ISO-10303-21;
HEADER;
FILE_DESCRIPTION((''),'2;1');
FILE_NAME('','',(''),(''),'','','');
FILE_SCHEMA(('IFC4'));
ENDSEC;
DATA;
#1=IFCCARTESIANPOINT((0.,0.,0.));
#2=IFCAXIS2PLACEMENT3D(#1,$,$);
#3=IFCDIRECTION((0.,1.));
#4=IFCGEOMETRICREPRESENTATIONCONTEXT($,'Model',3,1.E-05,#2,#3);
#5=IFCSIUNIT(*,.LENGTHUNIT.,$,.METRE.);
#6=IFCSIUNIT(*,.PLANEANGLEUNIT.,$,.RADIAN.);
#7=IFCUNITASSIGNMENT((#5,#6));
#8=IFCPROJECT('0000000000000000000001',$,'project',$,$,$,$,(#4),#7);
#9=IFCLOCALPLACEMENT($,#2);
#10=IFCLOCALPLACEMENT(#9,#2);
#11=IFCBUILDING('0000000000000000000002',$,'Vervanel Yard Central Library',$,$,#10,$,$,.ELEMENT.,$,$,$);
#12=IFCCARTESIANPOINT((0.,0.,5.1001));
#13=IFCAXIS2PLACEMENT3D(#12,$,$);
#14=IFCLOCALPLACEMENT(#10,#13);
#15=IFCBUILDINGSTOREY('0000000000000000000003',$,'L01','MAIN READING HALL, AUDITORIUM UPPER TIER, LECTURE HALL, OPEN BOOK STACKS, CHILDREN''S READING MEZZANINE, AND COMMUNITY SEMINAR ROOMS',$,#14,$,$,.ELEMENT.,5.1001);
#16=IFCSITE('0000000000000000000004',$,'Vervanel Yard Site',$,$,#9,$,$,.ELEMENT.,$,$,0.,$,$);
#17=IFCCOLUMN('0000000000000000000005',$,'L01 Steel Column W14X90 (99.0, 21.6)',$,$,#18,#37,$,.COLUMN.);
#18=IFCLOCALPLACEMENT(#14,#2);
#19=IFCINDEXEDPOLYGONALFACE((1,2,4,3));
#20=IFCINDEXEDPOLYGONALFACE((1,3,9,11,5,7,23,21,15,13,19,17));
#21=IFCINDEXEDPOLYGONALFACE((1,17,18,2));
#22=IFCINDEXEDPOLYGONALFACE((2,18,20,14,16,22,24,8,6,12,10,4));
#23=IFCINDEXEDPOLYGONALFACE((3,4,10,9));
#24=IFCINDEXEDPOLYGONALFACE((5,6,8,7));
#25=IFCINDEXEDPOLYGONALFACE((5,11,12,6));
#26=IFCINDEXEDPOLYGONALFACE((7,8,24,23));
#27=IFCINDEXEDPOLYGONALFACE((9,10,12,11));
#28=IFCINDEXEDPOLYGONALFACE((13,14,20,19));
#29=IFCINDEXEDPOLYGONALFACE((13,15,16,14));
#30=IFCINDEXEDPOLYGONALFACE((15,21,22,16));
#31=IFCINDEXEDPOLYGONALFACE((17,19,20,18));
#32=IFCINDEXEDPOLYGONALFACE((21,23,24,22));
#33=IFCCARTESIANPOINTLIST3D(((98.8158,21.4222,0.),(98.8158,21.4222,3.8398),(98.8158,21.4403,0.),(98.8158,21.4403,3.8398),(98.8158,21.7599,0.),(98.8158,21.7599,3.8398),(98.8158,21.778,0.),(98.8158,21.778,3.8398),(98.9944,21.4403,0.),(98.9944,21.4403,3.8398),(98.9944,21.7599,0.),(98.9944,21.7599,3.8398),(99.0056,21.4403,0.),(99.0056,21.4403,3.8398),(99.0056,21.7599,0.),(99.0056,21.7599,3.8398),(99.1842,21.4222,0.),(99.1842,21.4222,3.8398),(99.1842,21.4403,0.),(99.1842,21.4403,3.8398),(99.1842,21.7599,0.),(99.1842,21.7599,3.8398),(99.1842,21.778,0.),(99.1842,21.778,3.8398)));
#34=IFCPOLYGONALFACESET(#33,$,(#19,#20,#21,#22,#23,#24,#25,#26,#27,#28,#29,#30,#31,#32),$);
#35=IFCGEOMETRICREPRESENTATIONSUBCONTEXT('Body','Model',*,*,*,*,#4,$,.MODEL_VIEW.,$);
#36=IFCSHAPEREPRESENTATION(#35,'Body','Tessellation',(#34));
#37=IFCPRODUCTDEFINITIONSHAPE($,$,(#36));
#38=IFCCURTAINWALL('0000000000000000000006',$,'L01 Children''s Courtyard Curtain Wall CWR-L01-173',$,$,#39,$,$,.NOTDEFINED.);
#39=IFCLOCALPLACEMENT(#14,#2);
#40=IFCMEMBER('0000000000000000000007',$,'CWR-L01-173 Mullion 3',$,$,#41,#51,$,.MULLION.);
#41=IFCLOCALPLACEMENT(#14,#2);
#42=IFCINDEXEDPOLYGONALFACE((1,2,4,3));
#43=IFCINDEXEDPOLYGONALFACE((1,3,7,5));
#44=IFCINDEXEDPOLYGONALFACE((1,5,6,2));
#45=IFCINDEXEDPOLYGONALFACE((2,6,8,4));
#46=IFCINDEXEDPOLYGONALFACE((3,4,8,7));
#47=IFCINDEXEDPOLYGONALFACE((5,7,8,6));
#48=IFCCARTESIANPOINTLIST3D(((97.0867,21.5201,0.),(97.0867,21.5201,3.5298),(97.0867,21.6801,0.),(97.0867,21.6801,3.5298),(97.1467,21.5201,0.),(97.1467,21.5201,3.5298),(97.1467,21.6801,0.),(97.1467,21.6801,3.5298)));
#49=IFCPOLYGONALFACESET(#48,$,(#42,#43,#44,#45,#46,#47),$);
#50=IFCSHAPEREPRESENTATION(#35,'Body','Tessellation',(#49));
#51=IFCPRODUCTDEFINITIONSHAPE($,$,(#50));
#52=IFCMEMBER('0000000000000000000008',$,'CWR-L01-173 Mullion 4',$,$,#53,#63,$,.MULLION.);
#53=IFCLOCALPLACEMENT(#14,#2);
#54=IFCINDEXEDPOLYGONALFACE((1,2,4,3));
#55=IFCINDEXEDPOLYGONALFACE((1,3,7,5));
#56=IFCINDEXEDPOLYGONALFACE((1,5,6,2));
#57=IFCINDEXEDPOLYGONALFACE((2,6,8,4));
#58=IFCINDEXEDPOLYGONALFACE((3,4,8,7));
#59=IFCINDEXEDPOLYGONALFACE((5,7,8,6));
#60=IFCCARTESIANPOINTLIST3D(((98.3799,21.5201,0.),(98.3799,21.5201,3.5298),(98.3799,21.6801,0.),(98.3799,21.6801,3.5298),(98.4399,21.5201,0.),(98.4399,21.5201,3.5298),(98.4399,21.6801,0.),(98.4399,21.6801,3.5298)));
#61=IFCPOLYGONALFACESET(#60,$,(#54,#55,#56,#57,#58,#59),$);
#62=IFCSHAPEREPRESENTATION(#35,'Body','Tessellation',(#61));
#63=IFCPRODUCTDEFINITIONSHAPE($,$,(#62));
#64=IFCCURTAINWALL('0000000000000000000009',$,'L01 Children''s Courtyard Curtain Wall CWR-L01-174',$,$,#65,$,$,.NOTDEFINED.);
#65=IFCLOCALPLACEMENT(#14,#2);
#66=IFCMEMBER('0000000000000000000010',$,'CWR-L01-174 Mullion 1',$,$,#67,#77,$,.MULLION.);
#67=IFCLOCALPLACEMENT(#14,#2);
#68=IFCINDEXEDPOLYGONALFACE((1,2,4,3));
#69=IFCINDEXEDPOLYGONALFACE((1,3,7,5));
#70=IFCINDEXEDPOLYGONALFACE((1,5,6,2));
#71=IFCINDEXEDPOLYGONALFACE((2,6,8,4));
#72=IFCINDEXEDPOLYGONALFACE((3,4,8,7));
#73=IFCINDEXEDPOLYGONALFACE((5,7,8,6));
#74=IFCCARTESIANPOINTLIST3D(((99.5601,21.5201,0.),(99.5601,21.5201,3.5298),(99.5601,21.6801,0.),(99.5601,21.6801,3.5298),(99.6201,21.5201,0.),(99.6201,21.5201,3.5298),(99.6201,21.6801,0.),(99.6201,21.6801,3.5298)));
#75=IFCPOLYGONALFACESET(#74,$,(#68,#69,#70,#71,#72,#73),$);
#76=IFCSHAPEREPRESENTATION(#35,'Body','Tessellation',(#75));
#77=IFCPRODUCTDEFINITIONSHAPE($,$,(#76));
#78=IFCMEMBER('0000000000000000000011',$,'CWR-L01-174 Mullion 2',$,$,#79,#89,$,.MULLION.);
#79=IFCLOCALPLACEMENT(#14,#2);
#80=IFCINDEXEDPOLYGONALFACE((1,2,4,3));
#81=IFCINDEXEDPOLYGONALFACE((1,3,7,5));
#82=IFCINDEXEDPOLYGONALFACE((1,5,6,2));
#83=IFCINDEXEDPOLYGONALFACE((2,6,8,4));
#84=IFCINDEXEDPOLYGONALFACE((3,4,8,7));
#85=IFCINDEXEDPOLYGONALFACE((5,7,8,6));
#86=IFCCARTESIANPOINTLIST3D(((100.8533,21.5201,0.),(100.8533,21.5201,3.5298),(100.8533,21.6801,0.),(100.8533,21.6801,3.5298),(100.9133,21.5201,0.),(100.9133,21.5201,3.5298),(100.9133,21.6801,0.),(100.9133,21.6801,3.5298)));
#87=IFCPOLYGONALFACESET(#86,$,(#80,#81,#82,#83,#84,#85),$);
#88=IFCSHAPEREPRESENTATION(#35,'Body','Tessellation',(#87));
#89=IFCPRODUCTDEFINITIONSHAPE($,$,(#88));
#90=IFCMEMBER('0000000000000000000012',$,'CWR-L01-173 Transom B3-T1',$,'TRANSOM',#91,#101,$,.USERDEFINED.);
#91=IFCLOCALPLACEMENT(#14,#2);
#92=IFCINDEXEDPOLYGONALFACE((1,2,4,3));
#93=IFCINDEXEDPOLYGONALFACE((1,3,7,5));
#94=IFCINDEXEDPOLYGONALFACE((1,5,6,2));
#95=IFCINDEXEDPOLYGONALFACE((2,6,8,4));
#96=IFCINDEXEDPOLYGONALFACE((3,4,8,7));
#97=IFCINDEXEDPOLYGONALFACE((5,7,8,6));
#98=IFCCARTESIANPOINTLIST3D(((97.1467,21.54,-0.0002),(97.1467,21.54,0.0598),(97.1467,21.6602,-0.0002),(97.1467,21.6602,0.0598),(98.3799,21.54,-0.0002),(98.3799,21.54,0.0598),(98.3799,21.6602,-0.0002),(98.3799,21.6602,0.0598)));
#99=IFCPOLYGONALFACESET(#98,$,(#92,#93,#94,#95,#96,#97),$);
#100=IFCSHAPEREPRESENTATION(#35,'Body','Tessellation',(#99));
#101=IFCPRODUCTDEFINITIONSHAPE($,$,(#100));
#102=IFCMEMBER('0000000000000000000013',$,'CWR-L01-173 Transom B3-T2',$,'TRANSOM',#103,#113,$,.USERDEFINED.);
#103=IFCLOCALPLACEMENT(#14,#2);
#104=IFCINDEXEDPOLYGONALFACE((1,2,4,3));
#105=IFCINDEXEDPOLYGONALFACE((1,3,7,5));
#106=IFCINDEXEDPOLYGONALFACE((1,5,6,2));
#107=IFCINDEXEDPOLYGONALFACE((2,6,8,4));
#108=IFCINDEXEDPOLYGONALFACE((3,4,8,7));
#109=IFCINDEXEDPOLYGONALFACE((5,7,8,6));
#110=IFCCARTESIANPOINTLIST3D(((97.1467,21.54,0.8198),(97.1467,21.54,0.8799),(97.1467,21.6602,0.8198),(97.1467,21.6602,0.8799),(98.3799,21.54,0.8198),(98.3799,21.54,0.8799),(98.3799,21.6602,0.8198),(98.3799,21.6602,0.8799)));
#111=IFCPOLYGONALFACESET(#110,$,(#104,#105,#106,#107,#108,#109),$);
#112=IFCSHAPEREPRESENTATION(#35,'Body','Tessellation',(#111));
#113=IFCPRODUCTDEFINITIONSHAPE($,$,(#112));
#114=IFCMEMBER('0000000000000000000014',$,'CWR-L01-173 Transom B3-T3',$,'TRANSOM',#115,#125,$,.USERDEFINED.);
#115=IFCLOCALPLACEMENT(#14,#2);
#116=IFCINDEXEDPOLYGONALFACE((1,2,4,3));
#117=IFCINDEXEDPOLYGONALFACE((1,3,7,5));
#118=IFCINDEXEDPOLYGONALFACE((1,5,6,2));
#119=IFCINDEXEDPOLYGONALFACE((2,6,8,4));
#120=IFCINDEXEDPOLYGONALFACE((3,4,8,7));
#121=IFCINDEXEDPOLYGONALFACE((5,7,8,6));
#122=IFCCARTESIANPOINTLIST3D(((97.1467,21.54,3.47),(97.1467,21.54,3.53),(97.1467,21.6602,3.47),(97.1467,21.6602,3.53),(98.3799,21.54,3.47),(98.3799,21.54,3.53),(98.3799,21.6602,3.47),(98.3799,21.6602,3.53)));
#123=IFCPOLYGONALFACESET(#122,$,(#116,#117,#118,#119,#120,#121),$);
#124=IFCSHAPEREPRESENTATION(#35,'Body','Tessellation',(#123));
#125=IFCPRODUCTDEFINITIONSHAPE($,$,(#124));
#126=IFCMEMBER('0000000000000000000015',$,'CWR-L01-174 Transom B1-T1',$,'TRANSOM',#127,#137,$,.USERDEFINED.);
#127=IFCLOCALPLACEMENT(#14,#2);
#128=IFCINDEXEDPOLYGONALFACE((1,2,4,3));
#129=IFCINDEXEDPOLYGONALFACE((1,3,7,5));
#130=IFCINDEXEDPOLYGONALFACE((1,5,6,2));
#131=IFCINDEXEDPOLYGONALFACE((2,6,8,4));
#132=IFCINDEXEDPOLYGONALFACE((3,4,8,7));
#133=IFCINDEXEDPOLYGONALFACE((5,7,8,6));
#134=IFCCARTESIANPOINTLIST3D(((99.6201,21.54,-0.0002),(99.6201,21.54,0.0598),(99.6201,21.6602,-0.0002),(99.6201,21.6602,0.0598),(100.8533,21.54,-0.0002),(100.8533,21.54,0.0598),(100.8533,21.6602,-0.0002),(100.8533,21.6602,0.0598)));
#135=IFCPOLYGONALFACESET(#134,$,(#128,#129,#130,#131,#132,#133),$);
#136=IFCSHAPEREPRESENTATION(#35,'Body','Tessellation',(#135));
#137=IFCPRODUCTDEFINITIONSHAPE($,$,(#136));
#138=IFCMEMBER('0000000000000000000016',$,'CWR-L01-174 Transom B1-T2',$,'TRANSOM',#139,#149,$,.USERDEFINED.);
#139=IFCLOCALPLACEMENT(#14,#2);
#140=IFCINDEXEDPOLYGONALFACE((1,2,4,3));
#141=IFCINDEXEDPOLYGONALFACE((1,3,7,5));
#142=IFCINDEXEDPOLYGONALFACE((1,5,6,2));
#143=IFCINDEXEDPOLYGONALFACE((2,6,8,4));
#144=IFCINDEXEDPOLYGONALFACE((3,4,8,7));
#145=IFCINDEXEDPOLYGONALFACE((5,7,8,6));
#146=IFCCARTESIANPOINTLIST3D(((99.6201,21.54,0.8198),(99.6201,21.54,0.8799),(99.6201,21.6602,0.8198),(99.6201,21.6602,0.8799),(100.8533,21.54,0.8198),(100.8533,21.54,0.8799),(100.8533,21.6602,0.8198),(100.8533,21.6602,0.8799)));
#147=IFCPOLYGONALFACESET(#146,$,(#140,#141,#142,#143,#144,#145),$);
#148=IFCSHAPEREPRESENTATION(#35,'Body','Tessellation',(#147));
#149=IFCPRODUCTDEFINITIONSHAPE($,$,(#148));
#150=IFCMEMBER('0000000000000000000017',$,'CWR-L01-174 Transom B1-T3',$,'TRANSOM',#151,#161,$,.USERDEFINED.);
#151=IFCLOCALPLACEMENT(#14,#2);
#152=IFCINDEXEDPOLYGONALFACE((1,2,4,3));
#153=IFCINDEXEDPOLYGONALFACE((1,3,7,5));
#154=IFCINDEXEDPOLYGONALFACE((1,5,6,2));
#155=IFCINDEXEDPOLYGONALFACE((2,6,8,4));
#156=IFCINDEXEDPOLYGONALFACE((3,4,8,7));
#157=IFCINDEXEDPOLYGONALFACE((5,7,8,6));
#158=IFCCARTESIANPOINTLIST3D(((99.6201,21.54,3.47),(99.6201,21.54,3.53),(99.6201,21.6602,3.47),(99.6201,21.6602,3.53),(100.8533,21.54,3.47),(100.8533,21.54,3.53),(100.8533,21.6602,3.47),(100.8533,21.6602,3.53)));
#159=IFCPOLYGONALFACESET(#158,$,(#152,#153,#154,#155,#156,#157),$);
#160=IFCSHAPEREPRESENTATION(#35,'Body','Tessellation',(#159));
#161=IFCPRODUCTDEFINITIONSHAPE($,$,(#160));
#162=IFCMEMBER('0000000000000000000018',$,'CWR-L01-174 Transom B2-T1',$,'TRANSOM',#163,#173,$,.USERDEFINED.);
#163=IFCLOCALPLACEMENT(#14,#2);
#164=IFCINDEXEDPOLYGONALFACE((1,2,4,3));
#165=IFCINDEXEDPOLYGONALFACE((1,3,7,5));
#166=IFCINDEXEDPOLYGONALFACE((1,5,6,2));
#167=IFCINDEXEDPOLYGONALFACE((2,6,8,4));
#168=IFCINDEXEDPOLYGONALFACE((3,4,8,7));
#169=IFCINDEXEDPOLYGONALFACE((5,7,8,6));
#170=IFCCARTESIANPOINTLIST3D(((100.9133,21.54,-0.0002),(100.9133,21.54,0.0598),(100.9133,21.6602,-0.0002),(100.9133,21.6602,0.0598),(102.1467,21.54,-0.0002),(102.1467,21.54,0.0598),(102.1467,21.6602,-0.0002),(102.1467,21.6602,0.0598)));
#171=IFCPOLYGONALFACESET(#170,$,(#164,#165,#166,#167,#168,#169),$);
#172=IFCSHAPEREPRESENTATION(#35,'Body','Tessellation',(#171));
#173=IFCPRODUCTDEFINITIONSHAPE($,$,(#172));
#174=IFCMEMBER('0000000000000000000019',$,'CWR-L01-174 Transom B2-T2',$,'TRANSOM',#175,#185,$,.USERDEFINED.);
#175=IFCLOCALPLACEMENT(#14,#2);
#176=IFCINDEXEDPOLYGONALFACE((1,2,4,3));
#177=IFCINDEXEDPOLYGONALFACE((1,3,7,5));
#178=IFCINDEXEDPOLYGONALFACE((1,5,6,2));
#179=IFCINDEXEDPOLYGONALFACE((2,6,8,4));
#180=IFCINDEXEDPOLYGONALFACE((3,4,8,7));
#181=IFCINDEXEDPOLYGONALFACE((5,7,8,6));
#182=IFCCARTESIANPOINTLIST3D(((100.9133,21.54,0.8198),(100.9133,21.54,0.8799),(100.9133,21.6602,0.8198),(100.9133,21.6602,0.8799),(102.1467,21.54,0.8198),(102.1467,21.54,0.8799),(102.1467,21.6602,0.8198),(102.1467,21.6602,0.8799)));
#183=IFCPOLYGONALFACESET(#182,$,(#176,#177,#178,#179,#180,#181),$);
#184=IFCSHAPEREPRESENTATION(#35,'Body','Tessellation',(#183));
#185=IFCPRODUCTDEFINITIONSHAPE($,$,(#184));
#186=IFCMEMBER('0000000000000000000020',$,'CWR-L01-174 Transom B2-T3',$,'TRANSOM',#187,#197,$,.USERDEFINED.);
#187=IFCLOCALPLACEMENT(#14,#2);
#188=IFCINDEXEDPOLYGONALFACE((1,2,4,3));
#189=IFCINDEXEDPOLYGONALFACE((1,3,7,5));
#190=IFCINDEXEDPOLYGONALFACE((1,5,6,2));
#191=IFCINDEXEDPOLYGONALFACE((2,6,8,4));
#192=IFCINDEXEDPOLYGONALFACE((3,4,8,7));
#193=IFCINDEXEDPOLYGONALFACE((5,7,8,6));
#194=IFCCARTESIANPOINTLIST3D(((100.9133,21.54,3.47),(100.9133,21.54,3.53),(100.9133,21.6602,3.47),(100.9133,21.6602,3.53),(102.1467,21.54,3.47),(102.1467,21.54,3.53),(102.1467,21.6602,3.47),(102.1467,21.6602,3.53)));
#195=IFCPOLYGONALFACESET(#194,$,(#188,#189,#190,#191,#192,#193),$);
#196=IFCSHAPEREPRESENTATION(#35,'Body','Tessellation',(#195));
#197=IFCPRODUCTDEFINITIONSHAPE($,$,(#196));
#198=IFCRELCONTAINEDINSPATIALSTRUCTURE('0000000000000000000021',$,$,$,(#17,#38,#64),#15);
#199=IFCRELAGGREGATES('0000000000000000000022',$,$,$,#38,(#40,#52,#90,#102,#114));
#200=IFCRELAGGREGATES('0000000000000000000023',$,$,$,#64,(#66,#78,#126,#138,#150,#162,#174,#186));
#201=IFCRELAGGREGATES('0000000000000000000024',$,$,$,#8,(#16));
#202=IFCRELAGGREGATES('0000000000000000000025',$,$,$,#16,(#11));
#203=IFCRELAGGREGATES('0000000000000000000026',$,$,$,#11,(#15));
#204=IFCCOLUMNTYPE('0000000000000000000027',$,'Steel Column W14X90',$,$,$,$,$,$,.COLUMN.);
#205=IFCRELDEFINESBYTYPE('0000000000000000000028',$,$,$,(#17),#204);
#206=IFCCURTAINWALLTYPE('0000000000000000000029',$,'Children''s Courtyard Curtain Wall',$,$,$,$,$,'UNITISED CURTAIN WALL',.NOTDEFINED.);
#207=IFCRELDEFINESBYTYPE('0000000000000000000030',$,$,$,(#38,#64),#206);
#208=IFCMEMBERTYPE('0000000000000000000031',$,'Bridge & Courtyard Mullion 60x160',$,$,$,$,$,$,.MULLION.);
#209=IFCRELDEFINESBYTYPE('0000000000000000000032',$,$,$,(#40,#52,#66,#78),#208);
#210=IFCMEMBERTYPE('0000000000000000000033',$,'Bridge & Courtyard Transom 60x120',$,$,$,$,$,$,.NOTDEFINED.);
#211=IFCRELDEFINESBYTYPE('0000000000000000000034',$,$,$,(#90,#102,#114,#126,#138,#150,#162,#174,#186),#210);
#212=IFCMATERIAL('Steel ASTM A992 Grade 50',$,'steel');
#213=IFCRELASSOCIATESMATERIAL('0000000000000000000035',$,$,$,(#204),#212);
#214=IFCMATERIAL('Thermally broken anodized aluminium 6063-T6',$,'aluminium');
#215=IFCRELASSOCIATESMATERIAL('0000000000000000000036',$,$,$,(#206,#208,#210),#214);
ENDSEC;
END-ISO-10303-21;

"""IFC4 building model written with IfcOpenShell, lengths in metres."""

from ifc_helpers import new_model, si_unit, direction, frame, origin, origin_2d, place, context, subcontext, project, spatial, rectangle, i_section, extrude, material, material_profile, profile_set, type_object, element, aggregate, save


model = new_model("IFC4")

# Units and contexts
model_context = context("Model", 3, precision=1e-05, world=origin(), true_north=direction((0.0, 1.0)))
body_context = subcontext(model_context, "Body", "Model", "MODEL_VIEW")
ifc_project = project(units=[si_unit("LENGTHUNIT", "METRE"), si_unit("PLANEANGLEUNIT", "RADIAN")], contexts=[model_context])

# Site, building, storey
site_placement = place(None, origin())
site = spatial("IfcSite", under=ifc_project, at=site_placement, Name="Vervanel Yard Site", CompositionType="ELEMENT", RefElevation=0.0)
building_placement = place(site_placement, origin())
building = spatial("IfcBuilding", under=site, at=building_placement, Name="Vervanel Yard Central Library", CompositionType="ELEMENT")
storey_placement = place(building_placement, frame((0.0, 0.0, 5.1001)))
storey = spatial("IfcBuildingStorey", under=building, at=storey_placement, Name="L01", Description="MAIN READING HALL, AUDITORIUM UPPER TIER, LECTURE HALL, OPEN BOOK STACKS, CHILDREN'S READING MEZZANINE, AND COMMUNITY SEMINAR ROOMS", CompositionType="ELEMENT", Elevation=5.1001)

# Column
ifc_material_1 = material(Name="Steel ASTM A992 Grade 50", Category="steel")
ifc_material_profile_1 = material_profile(ifc_material_1, i_section(OverallWidth=0.3684, OverallDepth=0.3557, WebThickness=0.0112, FlangeThickness=0.0181, at=origin_2d()), Name="W14X90", Category="steel")
ifc_profile_set_1 = profile_set([ifc_material_profile_1], Name="Steel ASTM A992 Grade 50")
column_type = type_object("IfcColumnType", Name="Steel Column W14X90", PredefinedType="COLUMN", material=ifc_profile_set_1)
column_placement = place(storey_placement, frame((99.0, 21.6001, 0.0), z_axis=(0.0, 0.0, 1.0), x_axis=(1.0, 0.0, 0.0)))
element("IfcColumn", 1, at=column_placement, inside=storey, type_object=column_type, Name="L01 Steel Column W14X90 (99.0, 21.6)", PredefinedType="COLUMN", context=body_context, shape_type="SweptSolid", body=[
    extrude(i_section(OverallWidth=0.3684, OverallDepth=0.3557, WebThickness=0.0112, FlangeThickness=0.0181, at=origin_2d()), origin(), (0.0, 0.0, 1.0), 3.8398),
])

# Curtain walls, members
ifc_material_2 = material(Name="Thermally broken anodized aluminium 6063-T6", Category="aluminium")
curtain_wall_type = type_object("IfcCurtainWallType", Name="Children's Courtyard Curtain Wall", ElementType="UNITISED CURTAIN WALL", PredefinedType="NOTDEFINED", material=ifc_material_2)
curtain_wall_1_placement = place(storey_placement, origin())
curtain_wall_1 = element("IfcCurtainWall", 2, at=curtain_wall_1_placement, inside=storey, type_object=curtain_wall_type, Name="L01 Children's Courtyard Curtain Wall CWR-L01-173", PredefinedType="NOTDEFINED")
ifc_material_profile_2 = material_profile(ifc_material_2, rectangle(XDim=0.0601, YDim=0.1599, at=origin_2d()), Name="ALU 60x160", Category="aluminium")
ifc_profile_set_2 = profile_set([ifc_material_profile_2], Name="Thermally broken anodized aluminium 6063-T6")
member_type_1 = type_object("IfcMemberType", Name="Bridge & Courtyard Mullion 60x160", PredefinedType="MULLION", material=ifc_profile_set_2)
member_1_placement = place(storey_placement, frame((97.1167, 21.6001, 0.0), z_axis=(0.0, 0.0, 1.0), x_axis=(1.0, 0.0, 0.0)))
member_1 = element("IfcMember", 3, at=member_1_placement, type_object=member_type_1, Name="CWR-L01-173 Mullion 3", PredefinedType="MULLION", context=body_context, shape_type="SweptSolid", body=[
    extrude(rectangle(XDim=0.0601, YDim=0.1599, at=origin_2d()), origin(), (0.0, 0.0, 1.0), 3.5298),
])
member_2_placement = place(storey_placement, frame((98.4099, 21.6001, 0.0), z_axis=(0.0, 0.0, 1.0), x_axis=(1.0, 0.0, 0.0)))
member_2 = element("IfcMember", 4, at=member_2_placement, type_object=member_type_1, Name="CWR-L01-173 Mullion 4", PredefinedType="MULLION", context=body_context, shape_type="SweptSolid", body=[
    extrude(rectangle(XDim=0.0601, YDim=0.1599, at=origin_2d()), origin(), (0.0, 0.0, 1.0), 3.5298),
])
curtain_wall_2_placement = place(storey_placement, origin())
curtain_wall_2 = element("IfcCurtainWall", 5, at=curtain_wall_2_placement, inside=storey, type_object=curtain_wall_type, Name="L01 Children's Courtyard Curtain Wall CWR-L01-174", PredefinedType="NOTDEFINED")
member_3_placement = place(storey_placement, frame((99.5901, 21.6001, 0.0), z_axis=(0.0, 0.0, 1.0), x_axis=(1.0, 0.0, 0.0)))
member_3 = element("IfcMember", 6, at=member_3_placement, type_object=member_type_1, Name="CWR-L01-174 Mullion 1", PredefinedType="MULLION", context=body_context, shape_type="SweptSolid", body=[
    extrude(rectangle(XDim=0.0601, YDim=0.1599, at=origin_2d()), origin(), (0.0, 0.0, 1.0), 3.5298),
])
member_4_placement = place(storey_placement, frame((100.8833, 21.6001, 0.0), z_axis=(0.0, 0.0, 1.0), x_axis=(1.0, 0.0, 0.0)))
member_4 = element("IfcMember", 7, at=member_4_placement, type_object=member_type_1, Name="CWR-L01-174 Mullion 2", PredefinedType="MULLION", context=body_context, shape_type="SweptSolid", body=[
    extrude(rectangle(XDim=0.0601, YDim=0.1599, at=origin_2d()), origin(), (0.0, 0.0, 1.0), 3.5298),
])

# Members
ifc_material_profile_3 = material_profile(ifc_material_2, rectangle(XDim=0.0601, YDim=0.1201, at=origin_2d()), Name="ALU 60x120", Category="aluminium")
ifc_profile_set_3 = profile_set([ifc_material_profile_3], Name="Thermally broken anodized aluminium 6063-T6")
member_type_2 = type_object("IfcMemberType", Name="Bridge & Courtyard Transom 60x120", PredefinedType="NOTDEFINED", material=ifc_profile_set_3)
member_5_placement = place(storey_placement, frame((97.1467, 21.6001, 0.0298), z_axis=(1.0, 0.0, 0.0), x_axis=(0.0, 0.0, 1.0)))
member_5 = element("IfcMember", 8, at=member_5_placement, type_object=member_type_2, Name="CWR-L01-173 Transom B3-T1", ObjectType="TRANSOM", PredefinedType="USERDEFINED", context=body_context, shape_type="SweptSolid", body=[
    extrude(rectangle(XDim=0.0601, YDim=0.1201, at=origin_2d()), origin(), (0.0, 0.0, 1.0), 1.2332),
])
member_6_placement = place(storey_placement, frame((97.1467, 21.6001, 0.8499), z_axis=(1.0, 0.0, 0.0), x_axis=(0.0, 0.0, 1.0)))
member_6 = element("IfcMember", 9, at=member_6_placement, type_object=member_type_2, Name="CWR-L01-173 Transom B3-T2", ObjectType="TRANSOM", PredefinedType="USERDEFINED", context=body_context, shape_type="SweptSolid", body=[
    extrude(rectangle(XDim=0.0601, YDim=0.1201, at=origin_2d()), origin(), (0.0, 0.0, 1.0), 1.2332),
])
member_7_placement = place(storey_placement, frame((97.1467, 21.6001, 3.5), z_axis=(1.0, 0.0, 0.0), x_axis=(0.0, 0.0, 1.0)))
member_7 = element("IfcMember", 10, at=member_7_placement, type_object=member_type_2, Name="CWR-L01-173 Transom B3-T3", ObjectType="TRANSOM", PredefinedType="USERDEFINED", context=body_context, shape_type="SweptSolid", body=[
    extrude(rectangle(XDim=0.0601, YDim=0.1201, at=origin_2d()), origin(), (0.0, 0.0, 1.0), 1.2332),
])
member_8_placement = place(storey_placement, frame((99.6201, 21.6001, 0.0298), z_axis=(1.0, 0.0, 0.0), x_axis=(0.0, 0.0, 1.0)))
member_8 = element("IfcMember", 11, at=member_8_placement, type_object=member_type_2, Name="CWR-L01-174 Transom B1-T1", ObjectType="TRANSOM", PredefinedType="USERDEFINED", context=body_context, shape_type="SweptSolid", body=[
    extrude(rectangle(XDim=0.0601, YDim=0.1201, at=origin_2d()), origin(), (0.0, 0.0, 1.0), 1.2332),
])
member_9_placement = place(storey_placement, frame((99.6201, 21.6001, 0.8499), z_axis=(1.0, 0.0, 0.0), x_axis=(0.0, 0.0, 1.0)))
member_9 = element("IfcMember", 12, at=member_9_placement, type_object=member_type_2, Name="CWR-L01-174 Transom B1-T2", ObjectType="TRANSOM", PredefinedType="USERDEFINED", context=body_context, shape_type="SweptSolid", body=[
    extrude(rectangle(XDim=0.0601, YDim=0.1201, at=origin_2d()), origin(), (0.0, 0.0, 1.0), 1.2332),
])
member_10_placement = place(storey_placement, frame((99.6201, 21.6001, 3.5), z_axis=(1.0, 0.0, 0.0), x_axis=(0.0, 0.0, 1.0)))
member_10 = element("IfcMember", 13, at=member_10_placement, type_object=member_type_2, Name="CWR-L01-174 Transom B1-T3", ObjectType="TRANSOM", PredefinedType="USERDEFINED", context=body_context, shape_type="SweptSolid", body=[
    extrude(rectangle(XDim=0.0601, YDim=0.1201, at=origin_2d()), origin(), (0.0, 0.0, 1.0), 1.2332),
])
member_11_placement = place(storey_placement, frame((100.9133, 21.6001, 0.0298), z_axis=(1.0, 0.0, 0.0), x_axis=(0.0, 0.0, 1.0)))
member_11 = element("IfcMember", 14, at=member_11_placement, type_object=member_type_2, Name="CWR-L01-174 Transom B2-T1", ObjectType="TRANSOM", PredefinedType="USERDEFINED", context=body_context, shape_type="SweptSolid", body=[
    extrude(rectangle(XDim=0.0601, YDim=0.1201, at=origin_2d()), origin(), (0.0, 0.0, 1.0), 1.2334),
])
member_12_placement = place(storey_placement, frame((100.9133, 21.6001, 0.8499), z_axis=(1.0, 0.0, 0.0), x_axis=(0.0, 0.0, 1.0)))
member_12 = element("IfcMember", 15, at=member_12_placement, type_object=member_type_2, Name="CWR-L01-174 Transom B2-T2", ObjectType="TRANSOM", PredefinedType="USERDEFINED", context=body_context, shape_type="SweptSolid", body=[
    extrude(rectangle(XDim=0.0601, YDim=0.1201, at=origin_2d()), origin(), (0.0, 0.0, 1.0), 1.2334),
])
member_13_placement = place(storey_placement, frame((100.9133, 21.6001, 3.5), z_axis=(1.0, 0.0, 0.0), x_axis=(0.0, 0.0, 1.0)))
member_13 = element("IfcMember", 16, at=member_13_placement, type_object=member_type_2, Name="CWR-L01-174 Transom B2-T3", ObjectType="TRANSOM", PredefinedType="USERDEFINED", context=body_context, shape_type="SweptSolid", body=[
    extrude(rectangle(XDim=0.0601, YDim=0.1201, at=origin_2d()), origin(), (0.0, 0.0, 1.0), 1.2334),
])

aggregate(curtain_wall_1, [member_1, member_2, member_5, member_6, member_7])
aggregate(curtain_wall_2, [member_3, member_4, member_8, member_9, member_10, member_11, member_12, member_13])

save(model, "model.ifc")
